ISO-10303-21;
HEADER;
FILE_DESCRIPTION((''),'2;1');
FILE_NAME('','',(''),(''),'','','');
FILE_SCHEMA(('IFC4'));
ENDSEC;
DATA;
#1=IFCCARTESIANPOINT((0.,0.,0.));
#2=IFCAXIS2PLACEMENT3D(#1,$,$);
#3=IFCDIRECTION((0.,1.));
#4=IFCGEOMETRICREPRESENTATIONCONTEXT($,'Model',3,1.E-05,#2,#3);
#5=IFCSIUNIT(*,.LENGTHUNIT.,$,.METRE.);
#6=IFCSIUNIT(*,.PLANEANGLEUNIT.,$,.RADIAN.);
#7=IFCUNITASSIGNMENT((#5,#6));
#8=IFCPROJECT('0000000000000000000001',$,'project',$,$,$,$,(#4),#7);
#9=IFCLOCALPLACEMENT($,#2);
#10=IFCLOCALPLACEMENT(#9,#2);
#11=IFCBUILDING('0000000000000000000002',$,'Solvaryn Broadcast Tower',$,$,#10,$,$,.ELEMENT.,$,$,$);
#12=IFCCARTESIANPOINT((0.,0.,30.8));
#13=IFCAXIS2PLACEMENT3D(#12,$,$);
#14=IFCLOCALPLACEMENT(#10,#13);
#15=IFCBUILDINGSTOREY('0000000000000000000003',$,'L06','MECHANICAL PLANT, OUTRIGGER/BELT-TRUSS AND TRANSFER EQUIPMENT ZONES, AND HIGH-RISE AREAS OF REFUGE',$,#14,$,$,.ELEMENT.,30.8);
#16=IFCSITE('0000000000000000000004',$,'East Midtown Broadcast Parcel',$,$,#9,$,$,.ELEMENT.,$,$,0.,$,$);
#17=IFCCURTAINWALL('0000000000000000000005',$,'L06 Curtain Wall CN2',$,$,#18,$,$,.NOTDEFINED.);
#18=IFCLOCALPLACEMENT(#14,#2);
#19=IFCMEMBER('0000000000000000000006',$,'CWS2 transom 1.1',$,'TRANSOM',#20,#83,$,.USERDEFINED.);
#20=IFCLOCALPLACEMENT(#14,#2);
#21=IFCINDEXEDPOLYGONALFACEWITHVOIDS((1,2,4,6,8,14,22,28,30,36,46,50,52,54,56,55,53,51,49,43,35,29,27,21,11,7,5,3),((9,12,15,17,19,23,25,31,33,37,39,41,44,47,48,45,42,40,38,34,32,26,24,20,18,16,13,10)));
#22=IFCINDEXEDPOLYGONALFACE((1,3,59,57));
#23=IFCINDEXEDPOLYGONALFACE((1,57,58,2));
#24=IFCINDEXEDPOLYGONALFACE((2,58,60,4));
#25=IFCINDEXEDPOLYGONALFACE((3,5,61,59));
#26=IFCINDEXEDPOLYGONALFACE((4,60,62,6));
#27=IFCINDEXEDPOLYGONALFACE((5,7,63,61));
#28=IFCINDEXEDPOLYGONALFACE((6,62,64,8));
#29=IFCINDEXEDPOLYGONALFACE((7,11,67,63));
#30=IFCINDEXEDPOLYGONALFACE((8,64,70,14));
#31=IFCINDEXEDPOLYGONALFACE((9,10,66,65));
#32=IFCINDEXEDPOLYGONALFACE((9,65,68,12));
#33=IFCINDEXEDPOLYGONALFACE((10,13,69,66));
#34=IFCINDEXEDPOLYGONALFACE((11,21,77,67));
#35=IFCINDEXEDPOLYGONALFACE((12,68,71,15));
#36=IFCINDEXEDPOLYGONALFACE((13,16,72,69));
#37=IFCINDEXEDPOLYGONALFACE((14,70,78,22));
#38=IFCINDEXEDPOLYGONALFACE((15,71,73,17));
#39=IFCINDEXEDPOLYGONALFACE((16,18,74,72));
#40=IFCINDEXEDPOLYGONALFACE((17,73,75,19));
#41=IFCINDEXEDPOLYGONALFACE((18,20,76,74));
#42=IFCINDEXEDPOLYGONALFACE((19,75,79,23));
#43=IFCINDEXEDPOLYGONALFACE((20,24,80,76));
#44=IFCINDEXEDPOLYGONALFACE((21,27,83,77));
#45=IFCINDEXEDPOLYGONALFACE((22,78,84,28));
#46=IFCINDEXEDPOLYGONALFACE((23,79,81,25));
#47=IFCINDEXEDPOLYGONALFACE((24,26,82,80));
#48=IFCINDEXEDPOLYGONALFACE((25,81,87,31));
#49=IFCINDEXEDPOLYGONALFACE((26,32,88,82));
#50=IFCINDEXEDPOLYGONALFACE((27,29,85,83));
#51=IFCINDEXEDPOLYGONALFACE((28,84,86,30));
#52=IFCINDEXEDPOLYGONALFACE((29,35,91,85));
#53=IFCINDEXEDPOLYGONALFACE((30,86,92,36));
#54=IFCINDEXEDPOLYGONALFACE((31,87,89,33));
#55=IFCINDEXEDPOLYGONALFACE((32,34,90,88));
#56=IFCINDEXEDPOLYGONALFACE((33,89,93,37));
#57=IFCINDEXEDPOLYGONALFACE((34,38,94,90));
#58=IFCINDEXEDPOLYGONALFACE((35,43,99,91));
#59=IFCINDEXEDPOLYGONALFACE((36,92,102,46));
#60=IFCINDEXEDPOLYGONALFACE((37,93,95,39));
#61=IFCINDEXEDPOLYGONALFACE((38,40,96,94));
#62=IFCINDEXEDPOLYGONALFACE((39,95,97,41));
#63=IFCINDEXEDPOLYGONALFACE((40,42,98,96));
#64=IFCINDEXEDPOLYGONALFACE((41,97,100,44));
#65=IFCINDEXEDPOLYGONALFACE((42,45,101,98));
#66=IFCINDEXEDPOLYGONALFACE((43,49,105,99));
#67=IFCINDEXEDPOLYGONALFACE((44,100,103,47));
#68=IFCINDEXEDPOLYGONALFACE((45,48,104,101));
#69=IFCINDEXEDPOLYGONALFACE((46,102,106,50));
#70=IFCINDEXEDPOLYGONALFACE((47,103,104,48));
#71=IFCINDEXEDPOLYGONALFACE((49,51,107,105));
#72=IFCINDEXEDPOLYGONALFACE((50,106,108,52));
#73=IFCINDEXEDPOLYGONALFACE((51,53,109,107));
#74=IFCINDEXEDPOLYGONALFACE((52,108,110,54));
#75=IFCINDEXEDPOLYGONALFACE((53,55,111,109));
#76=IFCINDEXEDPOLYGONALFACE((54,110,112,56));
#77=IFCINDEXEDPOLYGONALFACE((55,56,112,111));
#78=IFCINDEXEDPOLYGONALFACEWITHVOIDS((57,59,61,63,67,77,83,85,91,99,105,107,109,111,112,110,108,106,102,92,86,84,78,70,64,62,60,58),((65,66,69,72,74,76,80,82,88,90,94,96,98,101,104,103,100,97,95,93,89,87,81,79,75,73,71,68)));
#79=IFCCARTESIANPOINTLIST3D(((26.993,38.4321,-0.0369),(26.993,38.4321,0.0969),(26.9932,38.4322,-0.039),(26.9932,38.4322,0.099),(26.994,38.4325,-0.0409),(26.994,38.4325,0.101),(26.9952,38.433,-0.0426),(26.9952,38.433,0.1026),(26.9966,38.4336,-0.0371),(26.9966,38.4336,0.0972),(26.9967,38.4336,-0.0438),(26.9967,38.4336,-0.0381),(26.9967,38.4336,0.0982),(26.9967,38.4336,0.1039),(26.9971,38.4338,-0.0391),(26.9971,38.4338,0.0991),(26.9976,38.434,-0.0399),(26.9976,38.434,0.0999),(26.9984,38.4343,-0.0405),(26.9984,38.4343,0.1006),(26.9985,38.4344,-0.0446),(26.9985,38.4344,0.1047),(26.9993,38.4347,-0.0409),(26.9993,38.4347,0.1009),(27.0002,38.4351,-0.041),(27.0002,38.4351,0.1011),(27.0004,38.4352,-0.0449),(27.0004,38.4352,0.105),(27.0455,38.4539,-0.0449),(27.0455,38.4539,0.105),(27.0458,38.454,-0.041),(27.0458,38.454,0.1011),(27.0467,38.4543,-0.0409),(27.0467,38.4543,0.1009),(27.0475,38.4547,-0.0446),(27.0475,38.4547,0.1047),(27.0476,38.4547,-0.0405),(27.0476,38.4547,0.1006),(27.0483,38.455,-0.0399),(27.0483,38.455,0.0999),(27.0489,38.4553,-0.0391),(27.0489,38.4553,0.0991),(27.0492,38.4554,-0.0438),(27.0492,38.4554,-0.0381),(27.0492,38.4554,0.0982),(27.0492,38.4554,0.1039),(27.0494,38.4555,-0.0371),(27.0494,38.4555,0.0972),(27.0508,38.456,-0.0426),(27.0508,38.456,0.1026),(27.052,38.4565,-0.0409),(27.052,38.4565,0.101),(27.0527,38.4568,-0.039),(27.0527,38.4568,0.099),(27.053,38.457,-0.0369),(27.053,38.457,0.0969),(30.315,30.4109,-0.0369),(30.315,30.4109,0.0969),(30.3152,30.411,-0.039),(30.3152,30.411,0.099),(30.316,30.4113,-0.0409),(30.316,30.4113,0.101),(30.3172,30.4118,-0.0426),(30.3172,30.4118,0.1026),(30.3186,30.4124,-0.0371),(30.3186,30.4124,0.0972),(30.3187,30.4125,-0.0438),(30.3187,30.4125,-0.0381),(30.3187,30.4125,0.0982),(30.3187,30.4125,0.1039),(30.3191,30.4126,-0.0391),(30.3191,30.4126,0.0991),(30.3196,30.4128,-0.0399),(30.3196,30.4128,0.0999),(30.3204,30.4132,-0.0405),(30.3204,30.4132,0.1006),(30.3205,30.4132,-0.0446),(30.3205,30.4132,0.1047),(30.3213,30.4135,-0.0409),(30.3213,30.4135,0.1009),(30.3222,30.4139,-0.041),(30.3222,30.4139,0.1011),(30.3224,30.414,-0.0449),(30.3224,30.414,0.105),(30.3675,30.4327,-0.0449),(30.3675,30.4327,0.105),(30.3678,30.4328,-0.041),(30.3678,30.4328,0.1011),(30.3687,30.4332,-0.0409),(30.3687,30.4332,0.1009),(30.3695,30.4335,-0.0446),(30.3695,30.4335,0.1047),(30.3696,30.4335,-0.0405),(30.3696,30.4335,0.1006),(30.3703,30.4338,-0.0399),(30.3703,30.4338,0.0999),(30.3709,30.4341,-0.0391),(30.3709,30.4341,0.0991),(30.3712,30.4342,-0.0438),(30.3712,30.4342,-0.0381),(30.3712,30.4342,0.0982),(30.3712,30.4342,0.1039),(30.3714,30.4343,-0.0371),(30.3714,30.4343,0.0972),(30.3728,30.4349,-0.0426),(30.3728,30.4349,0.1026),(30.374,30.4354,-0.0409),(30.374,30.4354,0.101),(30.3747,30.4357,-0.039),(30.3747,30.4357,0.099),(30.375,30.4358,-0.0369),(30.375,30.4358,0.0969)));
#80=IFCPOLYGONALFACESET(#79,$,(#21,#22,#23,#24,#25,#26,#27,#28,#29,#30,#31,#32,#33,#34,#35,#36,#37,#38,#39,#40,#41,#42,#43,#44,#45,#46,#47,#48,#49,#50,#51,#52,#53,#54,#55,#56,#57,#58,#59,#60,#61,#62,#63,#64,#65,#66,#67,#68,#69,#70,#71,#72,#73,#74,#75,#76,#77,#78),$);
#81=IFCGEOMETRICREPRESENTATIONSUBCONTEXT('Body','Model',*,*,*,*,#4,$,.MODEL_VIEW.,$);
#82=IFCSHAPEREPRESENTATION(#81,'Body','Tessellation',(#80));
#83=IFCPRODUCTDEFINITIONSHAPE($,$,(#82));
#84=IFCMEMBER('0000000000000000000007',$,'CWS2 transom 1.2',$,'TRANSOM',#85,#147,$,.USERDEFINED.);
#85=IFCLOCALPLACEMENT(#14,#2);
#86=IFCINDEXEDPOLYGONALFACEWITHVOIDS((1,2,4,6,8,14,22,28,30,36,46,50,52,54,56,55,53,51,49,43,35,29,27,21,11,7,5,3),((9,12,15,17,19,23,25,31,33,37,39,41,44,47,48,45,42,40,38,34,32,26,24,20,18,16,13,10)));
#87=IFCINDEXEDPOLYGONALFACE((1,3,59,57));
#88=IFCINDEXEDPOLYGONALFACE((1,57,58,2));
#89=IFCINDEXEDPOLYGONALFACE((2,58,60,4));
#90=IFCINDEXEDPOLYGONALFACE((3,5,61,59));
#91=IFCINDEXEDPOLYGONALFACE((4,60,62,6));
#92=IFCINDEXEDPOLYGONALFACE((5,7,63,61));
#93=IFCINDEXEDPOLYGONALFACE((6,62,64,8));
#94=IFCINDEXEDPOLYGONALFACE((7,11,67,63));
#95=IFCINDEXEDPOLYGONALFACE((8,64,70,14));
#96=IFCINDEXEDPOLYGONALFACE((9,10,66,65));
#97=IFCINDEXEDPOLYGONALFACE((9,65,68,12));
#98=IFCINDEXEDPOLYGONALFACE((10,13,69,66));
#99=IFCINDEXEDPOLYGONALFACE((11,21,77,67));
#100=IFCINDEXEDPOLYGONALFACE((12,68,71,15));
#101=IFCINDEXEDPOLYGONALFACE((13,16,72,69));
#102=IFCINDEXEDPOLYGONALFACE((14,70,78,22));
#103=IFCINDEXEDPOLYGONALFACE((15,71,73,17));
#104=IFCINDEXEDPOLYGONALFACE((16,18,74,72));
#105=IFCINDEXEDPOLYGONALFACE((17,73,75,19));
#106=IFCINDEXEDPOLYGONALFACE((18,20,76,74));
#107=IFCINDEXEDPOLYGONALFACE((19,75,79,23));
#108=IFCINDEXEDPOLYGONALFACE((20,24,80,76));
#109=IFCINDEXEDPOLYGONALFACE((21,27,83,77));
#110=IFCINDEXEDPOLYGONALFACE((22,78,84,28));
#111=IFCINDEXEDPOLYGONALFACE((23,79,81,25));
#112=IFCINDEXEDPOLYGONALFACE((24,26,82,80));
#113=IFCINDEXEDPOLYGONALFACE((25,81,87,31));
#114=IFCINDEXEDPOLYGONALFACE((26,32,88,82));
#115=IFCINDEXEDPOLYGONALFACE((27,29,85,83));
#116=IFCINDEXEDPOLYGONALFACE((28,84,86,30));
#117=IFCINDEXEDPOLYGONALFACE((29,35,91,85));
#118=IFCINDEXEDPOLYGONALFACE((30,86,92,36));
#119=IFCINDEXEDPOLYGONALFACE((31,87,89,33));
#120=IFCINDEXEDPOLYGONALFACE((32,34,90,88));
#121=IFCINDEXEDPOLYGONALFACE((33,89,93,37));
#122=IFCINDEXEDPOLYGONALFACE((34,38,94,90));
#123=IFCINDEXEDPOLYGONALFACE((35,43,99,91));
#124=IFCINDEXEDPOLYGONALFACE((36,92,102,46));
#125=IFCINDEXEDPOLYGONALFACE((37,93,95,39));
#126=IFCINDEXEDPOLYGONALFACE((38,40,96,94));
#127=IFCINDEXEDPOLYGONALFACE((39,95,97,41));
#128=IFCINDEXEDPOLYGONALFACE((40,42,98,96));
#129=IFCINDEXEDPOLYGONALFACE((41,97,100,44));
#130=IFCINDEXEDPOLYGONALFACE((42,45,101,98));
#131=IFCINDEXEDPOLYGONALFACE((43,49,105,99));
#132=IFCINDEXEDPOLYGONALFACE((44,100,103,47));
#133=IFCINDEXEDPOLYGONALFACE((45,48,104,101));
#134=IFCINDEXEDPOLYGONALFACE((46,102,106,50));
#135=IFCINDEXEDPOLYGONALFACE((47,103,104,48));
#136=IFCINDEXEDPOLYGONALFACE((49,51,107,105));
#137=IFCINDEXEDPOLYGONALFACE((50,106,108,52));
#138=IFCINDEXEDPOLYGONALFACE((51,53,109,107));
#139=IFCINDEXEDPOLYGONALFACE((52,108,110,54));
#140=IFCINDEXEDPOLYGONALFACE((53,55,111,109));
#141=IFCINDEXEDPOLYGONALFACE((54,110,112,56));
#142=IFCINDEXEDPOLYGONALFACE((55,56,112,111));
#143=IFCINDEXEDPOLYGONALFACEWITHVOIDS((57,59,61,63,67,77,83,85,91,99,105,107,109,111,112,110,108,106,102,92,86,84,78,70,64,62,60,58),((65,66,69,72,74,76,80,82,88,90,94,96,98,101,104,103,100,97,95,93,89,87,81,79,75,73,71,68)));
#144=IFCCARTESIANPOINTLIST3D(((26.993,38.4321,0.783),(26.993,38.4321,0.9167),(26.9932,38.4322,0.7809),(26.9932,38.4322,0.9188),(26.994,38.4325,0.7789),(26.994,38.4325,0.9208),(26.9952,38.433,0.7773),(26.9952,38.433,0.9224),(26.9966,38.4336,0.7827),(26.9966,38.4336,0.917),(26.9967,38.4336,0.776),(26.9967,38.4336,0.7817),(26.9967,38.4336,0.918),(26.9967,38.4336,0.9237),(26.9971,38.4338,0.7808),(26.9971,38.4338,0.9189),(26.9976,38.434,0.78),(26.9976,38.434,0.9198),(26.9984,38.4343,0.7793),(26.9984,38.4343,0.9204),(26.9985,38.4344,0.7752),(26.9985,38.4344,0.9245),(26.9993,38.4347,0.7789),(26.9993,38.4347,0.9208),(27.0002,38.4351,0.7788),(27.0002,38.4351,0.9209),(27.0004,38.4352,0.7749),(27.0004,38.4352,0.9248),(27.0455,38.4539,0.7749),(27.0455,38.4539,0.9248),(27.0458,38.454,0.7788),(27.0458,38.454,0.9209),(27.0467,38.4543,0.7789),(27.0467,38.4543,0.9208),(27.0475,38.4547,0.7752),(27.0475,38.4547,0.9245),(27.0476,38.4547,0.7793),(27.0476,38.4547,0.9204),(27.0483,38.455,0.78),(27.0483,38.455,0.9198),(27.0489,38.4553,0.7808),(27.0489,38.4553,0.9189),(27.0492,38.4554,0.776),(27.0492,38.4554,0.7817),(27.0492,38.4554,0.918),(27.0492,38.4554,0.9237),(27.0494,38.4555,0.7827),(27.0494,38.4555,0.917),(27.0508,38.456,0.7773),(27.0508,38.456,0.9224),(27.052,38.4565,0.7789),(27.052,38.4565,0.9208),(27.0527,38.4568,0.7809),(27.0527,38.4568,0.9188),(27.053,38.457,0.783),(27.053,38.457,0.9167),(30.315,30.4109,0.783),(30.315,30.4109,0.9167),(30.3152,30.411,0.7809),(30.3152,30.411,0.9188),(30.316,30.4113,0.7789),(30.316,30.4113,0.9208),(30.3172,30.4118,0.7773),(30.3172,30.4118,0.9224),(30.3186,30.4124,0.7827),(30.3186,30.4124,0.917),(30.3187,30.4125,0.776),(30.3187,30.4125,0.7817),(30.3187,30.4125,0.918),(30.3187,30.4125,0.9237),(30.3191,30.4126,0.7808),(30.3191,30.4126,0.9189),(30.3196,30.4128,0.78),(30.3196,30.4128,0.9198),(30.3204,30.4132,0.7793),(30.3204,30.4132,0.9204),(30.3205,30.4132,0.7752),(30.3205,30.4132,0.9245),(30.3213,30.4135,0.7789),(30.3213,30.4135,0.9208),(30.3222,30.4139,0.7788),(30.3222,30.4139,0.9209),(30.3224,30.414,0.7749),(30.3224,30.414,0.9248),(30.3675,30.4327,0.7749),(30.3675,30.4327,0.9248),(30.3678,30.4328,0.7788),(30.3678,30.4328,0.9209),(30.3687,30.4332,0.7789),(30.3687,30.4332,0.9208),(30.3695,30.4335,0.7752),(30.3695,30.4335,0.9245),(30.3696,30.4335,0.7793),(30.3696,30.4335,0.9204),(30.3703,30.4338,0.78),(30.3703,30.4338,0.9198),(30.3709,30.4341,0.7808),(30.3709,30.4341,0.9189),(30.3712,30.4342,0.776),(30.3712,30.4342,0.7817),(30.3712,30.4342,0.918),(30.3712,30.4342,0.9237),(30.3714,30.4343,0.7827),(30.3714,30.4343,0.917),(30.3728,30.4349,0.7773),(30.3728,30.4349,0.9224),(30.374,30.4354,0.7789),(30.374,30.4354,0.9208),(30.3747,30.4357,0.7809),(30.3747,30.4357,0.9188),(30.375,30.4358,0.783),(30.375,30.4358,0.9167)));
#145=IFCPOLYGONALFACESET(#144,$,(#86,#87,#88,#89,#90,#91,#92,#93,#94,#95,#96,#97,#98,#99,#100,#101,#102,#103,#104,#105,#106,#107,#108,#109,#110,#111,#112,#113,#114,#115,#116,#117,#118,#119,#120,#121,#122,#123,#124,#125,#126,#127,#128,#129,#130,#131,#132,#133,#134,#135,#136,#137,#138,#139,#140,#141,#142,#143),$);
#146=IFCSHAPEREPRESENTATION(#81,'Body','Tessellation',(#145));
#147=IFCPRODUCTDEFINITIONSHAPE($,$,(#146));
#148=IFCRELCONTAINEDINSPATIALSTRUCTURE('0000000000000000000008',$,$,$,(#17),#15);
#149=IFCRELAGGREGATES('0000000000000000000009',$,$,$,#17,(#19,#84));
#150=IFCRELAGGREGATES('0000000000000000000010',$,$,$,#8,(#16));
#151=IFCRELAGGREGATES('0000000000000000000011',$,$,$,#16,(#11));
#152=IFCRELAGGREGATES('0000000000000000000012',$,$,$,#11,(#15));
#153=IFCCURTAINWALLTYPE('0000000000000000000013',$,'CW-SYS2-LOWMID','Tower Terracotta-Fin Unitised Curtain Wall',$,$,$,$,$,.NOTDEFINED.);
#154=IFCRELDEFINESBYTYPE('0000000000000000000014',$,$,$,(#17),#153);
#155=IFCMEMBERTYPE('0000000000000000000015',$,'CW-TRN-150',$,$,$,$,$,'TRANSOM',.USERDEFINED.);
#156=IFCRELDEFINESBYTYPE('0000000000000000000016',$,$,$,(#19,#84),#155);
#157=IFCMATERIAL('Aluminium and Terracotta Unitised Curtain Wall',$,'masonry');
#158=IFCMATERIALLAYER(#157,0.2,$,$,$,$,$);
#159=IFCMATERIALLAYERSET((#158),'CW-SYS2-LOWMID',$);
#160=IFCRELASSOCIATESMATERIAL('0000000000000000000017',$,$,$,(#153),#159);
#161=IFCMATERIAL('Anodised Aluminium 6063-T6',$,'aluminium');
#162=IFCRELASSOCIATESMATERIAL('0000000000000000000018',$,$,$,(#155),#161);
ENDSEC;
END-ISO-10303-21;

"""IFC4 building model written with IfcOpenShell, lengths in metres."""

from ifc_helpers import new_model, si_unit, direction, frame, origin, origin_2d, place, context, subcontext, project, spatial, hollow_rectangle, extrude, material, layer, layer_set, material_profile, profile_set, type_object, element, aggregate, save


model = new_model("IFC4")

# Units and contexts
model_context = context("Model", 3, precision=1e-05, world=origin(), true_north=direction((0.0, 1.0)))
body_context = subcontext(model_context, "Body", "Model", "MODEL_VIEW")
ifc_project = project(units=[si_unit("LENGTHUNIT", "METRE"), si_unit("PLANEANGLEUNIT", "RADIAN")], contexts=[model_context])

# Site, building, storey
site_placement = place(None, origin())
site = spatial("IfcSite", under=ifc_project, at=site_placement, Name="East Midtown Broadcast Parcel", CompositionType="ELEMENT", RefElevation=0.0)
building_placement = place(site_placement, origin())
building = spatial("IfcBuilding", under=site, at=building_placement, Name="Solvaryn Broadcast Tower", CompositionType="ELEMENT")
storey_placement = place(building_placement, frame((0.0, 0.0, 30.8)))
storey = spatial("IfcBuildingStorey", under=building, at=storey_placement, Name="L06", Description="MECHANICAL PLANT, OUTRIGGER/BELT-TRUSS AND TRANSFER EQUIPMENT ZONES, AND HIGH-RISE AREAS OF REFUGE", CompositionType="ELEMENT", Elevation=30.8)

# Curtain wall
ifc_material_1 = material(Name="Aluminium and Terracotta Unitised Curtain Wall", Category="masonry")
ifc_layer_1 = layer(ifc_material_1, 0.2)
ifc_layer_set_1 = layer_set([ifc_layer_1], Name="CW-SYS2-LOWMID")
curtain_wall_type = type_object("IfcCurtainWallType", Name="CW-SYS2-LOWMID", Description="Tower Terracotta-Fin Unitised Curtain Wall", PredefinedType="NOTDEFINED", material=ifc_layer_set_1)
curtain_wall_1_placement = place(storey_placement, origin())
curtain_wall_1 = element("IfcCurtainWall", 1, at=curtain_wall_1_placement, inside=storey, type_object=curtain_wall_type, Name="L06 Curtain Wall CN2", PredefinedType="NOTDEFINED")

# Members
ifc_material_2 = material(Name="Anodised Aluminium 6063-T6", Category="aluminium")
ifc_material_profile_1 = material_profile(ifc_material_2, hollow_rectangle(XDim=0.0649, YDim=0.1499, WallThickness=0.0039, InnerFilletRadius=0.0039, OuterFilletRadius=0.0081, at=origin_2d()))
ifc_profile_set_1 = profile_set([ifc_material_profile_1], Name="Anodised Aluminium 6063-T6")
member_type_1 = type_object("IfcMemberType", Name="CW-TRN-150", ElementType="TRANSOM", PredefinedType="USERDEFINED", material=ifc_profile_set_1)
member_1_placement = place(storey_placement, frame((30.345, 30.4233, 0.03), z_axis=(-0.382636, 0.923899, 0.0), x_axis=(-0.923899, -0.382636, 0.0)))
member_1 = element("IfcMember", 2, at=member_1_placement, type_object=member_type_1, Name="CWS2 transom 1.1", ObjectType="TRANSOM", PredefinedType="USERDEFINED", context=body_context, shape_type="SweptSolid", body=[
    extrude(hollow_rectangle(XDim=0.0649, YDim=0.1499, WallThickness=0.0039, InnerFilletRadius=0.0039, OuterFilletRadius=0.0081, at=origin_2d()), origin(), (0.0, 0.0, 1.0), 8.6819),
])
member_2_placement = place(storey_placement, frame((30.345, 30.4233, 0.8499), z_axis=(-0.382636, 0.923899, 0.0), x_axis=(-0.923899, -0.382636, 0.0)))
member_2 = element("IfcMember", 3, at=member_2_placement, type_object=member_type_1, Name="CWS2 transom 1.2", ObjectType="TRANSOM", PredefinedType="USERDEFINED", context=body_context, shape_type="SweptSolid", body=[
    extrude(hollow_rectangle(XDim=0.0649, YDim=0.1499, WallThickness=0.0039, InnerFilletRadius=0.0039, OuterFilletRadius=0.0081, at=origin_2d()), origin(), (0.0, 0.0, 1.0), 8.6819),
])

aggregate(curtain_wall_1, [member_1, member_2])

save(model, "model.ifc")
